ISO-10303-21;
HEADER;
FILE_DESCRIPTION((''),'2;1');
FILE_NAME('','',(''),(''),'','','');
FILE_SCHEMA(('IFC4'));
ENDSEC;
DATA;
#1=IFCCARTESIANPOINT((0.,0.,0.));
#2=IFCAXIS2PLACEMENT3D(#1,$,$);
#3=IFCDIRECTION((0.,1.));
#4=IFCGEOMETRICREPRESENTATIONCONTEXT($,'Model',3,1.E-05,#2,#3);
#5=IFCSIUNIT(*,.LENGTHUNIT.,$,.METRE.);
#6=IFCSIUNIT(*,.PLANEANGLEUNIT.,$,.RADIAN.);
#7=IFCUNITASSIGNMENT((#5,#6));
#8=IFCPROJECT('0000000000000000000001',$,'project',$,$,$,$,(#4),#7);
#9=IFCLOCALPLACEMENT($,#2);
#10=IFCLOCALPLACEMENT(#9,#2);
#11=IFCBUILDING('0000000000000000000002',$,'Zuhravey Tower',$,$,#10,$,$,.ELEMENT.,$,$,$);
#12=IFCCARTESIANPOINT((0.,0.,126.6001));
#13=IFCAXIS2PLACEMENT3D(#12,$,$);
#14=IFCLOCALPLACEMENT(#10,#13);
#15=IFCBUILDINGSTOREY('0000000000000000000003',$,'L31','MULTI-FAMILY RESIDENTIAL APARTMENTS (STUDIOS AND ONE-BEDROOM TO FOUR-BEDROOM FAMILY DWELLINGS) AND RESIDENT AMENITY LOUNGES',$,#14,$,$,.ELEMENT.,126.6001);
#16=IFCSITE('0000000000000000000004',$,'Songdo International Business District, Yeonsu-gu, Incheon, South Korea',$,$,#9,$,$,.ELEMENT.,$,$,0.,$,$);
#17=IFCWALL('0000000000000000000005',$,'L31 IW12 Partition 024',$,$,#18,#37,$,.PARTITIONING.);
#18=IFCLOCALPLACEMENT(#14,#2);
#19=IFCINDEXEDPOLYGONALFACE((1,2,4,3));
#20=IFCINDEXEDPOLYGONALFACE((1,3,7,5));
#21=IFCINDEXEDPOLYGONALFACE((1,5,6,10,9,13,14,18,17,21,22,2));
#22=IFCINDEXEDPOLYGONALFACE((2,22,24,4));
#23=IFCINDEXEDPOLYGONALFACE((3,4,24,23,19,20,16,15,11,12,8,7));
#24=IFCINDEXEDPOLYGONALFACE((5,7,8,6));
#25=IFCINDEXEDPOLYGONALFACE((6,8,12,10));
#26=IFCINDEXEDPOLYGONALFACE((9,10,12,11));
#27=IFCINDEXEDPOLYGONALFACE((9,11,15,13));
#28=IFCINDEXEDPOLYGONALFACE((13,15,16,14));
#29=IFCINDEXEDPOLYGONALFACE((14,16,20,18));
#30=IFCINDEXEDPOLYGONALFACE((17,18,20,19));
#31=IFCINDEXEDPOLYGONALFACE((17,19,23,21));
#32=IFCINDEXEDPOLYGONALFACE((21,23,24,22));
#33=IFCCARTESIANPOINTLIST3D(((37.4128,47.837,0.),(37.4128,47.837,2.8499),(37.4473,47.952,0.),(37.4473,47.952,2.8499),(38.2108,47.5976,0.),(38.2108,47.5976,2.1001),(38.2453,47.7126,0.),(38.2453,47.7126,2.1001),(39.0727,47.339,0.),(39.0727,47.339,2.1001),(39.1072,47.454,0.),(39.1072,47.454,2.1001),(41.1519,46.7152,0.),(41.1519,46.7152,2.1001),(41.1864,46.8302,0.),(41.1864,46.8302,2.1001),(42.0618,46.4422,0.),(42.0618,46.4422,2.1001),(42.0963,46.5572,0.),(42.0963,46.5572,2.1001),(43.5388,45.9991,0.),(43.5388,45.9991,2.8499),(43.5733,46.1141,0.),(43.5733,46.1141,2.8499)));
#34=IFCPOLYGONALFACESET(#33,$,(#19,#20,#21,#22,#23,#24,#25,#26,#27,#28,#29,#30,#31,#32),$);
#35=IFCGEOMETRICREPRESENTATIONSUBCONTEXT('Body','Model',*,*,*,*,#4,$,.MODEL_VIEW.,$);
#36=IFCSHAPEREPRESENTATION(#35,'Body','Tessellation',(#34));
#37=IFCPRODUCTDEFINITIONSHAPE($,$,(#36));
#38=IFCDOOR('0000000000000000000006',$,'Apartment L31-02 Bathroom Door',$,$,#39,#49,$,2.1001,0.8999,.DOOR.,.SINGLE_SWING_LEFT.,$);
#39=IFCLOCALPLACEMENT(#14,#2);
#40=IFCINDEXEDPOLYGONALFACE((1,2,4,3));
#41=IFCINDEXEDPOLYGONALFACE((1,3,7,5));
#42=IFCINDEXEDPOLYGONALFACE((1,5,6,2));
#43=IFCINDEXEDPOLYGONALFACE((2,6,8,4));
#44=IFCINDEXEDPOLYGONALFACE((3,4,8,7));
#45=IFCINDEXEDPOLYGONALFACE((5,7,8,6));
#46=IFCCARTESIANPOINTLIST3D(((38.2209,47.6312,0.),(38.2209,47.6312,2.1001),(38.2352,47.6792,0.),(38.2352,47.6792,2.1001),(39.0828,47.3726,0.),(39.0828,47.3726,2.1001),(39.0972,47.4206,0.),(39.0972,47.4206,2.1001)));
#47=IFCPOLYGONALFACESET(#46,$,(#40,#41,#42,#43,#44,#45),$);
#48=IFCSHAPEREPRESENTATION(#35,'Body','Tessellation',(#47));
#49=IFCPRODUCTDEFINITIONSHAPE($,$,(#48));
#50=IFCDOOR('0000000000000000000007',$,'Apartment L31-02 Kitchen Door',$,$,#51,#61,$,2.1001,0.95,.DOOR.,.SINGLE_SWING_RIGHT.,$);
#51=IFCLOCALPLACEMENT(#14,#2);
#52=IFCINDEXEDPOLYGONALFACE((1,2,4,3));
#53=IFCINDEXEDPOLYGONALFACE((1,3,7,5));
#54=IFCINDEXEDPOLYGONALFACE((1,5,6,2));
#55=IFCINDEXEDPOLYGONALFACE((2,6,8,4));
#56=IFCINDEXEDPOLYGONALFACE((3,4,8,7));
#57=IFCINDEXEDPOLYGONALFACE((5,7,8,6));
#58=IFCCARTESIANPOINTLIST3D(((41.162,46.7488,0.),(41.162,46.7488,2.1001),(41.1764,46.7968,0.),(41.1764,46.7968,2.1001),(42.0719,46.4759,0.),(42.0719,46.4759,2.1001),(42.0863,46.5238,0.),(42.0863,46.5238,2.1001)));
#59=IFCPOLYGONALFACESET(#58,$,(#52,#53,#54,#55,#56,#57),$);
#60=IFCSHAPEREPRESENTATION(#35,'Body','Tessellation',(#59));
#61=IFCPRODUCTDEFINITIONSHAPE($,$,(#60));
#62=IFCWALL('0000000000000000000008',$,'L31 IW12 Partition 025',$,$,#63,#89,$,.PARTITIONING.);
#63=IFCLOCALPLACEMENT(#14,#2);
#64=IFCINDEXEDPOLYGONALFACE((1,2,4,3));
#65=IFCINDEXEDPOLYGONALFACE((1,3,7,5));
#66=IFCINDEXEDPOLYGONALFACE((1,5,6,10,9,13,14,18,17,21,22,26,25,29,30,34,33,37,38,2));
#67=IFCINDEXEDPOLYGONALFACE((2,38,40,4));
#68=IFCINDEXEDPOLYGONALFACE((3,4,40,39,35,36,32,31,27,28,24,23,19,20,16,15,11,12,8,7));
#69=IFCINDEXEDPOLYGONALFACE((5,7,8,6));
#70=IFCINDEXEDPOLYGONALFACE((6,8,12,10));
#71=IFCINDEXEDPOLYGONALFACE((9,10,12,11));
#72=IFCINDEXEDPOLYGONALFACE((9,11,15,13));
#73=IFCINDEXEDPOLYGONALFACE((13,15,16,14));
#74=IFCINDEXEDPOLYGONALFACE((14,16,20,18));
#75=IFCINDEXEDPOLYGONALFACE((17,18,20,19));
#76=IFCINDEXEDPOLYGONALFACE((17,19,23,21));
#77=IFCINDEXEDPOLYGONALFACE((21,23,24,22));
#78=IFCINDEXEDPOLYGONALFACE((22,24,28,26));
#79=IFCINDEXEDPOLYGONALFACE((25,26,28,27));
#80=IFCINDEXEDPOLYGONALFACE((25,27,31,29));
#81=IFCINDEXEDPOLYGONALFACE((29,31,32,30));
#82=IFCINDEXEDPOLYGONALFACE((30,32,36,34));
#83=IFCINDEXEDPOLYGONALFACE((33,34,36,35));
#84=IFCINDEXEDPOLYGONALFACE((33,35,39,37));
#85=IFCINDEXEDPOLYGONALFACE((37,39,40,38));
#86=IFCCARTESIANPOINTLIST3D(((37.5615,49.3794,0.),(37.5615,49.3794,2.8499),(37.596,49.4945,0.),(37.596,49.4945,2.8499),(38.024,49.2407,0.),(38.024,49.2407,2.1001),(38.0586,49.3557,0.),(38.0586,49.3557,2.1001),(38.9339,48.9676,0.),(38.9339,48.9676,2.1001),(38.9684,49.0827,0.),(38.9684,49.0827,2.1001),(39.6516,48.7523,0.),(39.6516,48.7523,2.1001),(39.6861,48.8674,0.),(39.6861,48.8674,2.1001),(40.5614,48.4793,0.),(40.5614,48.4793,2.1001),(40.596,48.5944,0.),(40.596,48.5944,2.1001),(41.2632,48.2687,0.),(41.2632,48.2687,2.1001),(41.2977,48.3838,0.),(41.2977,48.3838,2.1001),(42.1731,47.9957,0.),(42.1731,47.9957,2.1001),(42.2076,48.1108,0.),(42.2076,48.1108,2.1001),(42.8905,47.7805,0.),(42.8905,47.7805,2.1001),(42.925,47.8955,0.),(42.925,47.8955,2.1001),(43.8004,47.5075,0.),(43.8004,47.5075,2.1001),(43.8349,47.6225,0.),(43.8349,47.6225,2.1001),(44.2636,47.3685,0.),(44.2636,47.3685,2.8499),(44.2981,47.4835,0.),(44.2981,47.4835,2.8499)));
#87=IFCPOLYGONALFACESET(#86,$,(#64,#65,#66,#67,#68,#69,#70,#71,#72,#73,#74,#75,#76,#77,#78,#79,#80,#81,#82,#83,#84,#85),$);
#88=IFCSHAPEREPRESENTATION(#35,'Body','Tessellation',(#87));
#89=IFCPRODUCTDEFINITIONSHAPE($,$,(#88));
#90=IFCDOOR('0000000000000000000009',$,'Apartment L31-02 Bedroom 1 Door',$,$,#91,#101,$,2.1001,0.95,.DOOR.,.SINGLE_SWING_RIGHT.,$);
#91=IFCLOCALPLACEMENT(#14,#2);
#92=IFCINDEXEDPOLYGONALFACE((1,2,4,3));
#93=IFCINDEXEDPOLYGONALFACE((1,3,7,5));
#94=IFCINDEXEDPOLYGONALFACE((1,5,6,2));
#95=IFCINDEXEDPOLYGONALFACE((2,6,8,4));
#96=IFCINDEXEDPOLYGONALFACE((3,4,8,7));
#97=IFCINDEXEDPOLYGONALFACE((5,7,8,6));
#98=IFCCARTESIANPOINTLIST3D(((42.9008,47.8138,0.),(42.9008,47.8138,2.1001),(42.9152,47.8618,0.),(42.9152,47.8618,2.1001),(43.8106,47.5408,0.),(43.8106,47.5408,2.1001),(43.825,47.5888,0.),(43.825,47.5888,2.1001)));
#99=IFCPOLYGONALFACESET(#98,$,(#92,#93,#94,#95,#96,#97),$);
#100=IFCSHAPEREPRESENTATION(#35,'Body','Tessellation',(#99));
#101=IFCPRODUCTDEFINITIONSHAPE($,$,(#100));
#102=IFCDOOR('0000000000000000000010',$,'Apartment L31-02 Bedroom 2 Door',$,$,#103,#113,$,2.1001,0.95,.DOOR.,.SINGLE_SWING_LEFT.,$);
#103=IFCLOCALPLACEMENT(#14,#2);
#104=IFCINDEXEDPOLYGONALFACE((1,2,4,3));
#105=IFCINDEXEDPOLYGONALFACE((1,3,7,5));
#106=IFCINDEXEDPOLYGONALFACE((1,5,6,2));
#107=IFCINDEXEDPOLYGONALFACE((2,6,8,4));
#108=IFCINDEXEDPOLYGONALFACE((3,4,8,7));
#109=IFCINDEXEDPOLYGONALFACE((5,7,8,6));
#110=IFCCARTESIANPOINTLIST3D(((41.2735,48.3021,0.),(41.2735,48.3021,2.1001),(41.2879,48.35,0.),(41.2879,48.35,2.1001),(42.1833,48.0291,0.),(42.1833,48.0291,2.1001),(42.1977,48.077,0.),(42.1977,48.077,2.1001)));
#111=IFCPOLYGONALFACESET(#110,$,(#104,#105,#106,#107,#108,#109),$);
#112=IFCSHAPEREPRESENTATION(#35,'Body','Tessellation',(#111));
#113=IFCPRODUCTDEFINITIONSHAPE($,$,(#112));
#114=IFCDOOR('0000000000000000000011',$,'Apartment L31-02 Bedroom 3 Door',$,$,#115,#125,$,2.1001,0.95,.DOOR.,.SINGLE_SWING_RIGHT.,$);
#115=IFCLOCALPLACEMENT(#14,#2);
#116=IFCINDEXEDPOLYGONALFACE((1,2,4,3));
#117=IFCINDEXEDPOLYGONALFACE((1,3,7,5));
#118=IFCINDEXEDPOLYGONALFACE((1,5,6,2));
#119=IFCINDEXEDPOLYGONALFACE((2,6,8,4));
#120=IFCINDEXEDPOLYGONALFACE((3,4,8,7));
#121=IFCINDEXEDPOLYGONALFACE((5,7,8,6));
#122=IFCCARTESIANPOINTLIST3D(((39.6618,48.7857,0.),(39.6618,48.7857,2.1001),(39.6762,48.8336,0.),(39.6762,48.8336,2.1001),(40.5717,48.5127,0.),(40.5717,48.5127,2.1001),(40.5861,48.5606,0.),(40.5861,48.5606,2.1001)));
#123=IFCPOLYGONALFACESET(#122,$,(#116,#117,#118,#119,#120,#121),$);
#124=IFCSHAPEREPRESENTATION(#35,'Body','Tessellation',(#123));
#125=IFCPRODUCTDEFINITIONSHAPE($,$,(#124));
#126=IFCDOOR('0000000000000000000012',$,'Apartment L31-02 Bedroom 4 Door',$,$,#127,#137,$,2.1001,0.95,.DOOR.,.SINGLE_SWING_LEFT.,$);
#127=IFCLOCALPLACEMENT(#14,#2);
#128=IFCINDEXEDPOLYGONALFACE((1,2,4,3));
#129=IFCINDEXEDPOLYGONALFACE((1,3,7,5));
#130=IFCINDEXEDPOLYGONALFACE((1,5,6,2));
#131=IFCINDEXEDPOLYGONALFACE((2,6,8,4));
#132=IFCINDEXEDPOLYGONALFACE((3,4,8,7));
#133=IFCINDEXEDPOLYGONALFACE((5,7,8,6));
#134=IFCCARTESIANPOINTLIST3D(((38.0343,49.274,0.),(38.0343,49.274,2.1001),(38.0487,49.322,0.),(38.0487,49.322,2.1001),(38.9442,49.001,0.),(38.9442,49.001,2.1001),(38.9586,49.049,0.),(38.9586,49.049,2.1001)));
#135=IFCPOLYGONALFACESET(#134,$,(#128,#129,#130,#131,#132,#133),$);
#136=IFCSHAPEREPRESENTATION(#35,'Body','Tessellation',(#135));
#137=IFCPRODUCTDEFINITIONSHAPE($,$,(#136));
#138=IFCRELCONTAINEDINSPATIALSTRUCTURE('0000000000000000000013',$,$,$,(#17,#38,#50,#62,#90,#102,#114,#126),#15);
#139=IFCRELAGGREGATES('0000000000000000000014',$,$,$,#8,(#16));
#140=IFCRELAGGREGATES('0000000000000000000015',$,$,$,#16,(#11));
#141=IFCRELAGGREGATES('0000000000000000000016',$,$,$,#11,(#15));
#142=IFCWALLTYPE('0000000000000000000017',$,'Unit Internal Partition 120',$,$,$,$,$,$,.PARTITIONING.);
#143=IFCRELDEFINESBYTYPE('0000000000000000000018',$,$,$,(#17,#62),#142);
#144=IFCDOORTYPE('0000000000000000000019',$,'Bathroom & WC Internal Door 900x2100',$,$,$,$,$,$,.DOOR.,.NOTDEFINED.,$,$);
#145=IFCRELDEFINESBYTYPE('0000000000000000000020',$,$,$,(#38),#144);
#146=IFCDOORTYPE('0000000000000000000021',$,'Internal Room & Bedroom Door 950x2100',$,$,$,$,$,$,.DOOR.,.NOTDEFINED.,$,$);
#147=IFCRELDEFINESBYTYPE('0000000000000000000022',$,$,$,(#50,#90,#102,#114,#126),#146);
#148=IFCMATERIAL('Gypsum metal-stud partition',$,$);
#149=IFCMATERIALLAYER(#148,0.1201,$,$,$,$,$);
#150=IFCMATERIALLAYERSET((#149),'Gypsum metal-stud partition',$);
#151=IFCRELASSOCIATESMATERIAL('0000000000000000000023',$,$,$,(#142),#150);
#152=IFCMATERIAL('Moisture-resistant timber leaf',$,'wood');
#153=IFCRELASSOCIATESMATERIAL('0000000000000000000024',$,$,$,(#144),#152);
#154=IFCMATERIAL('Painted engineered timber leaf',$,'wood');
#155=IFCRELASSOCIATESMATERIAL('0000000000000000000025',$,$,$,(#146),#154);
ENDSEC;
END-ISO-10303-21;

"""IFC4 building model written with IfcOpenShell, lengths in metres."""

from ifc_helpers import new_model, si_unit, direction, frame, frame_2d, origin, place, context, subcontext, project, spatial, rectangle, extrude, material, layer, layer_set, type_object, element, fill, save


model = new_model("IFC4")

# Units and contexts
model_context = context("Model", 3, precision=1e-05, world=origin(), true_north=direction((0.0, 1.0)))
body_context = subcontext(model_context, "Body", "Model", "MODEL_VIEW")
ifc_project = project(units=[si_unit("LENGTHUNIT", "METRE"), si_unit("PLANEANGLEUNIT", "RADIAN")], contexts=[model_context])

# Site, building, storey
site_placement = place(None, origin())
site = spatial("IfcSite", under=ifc_project, at=site_placement, Name="Songdo International Business District, Yeonsu-gu, Incheon, South Korea", CompositionType="ELEMENT", RefElevation=0.0)
building_placement = place(site_placement, origin())
building = spatial("IfcBuilding", under=site, at=building_placement, Name="Zuhravey Tower", CompositionType="ELEMENT")
storey_placement = place(building_placement, frame((0.0, 0.0, 126.6001)))
storey = spatial("IfcBuildingStorey", under=building, at=storey_placement, Name="L31", Description="MULTI-FAMILY RESIDENTIAL APARTMENTS (STUDIOS AND ONE-BEDROOM TO FOUR-BEDROOM FAMILY DWELLINGS) AND RESIDENT AMENITY LOUNGES", CompositionType="ELEMENT", Elevation=126.6001)

# Walls, openings, doors
ifc_material_1 = material(Name="Gypsum metal-stud partition")
ifc_layer_1 = layer(ifc_material_1, 0.1201)
ifc_layer_set_1 = layer_set([ifc_layer_1], Name="Gypsum metal-stud partition")
wall_type_1 = type_object("IfcWallType", Name="Unit Internal Partition 120", PredefinedType="PARTITIONING", material=ifc_layer_set_1)
wall_1_placement = place(storey_placement, frame((43.5559, 46.0566, 0.0), z_axis=(0.0, 0.0, 1.0), x_axis=(-0.957822, 0.287362, 0.0)))
wall_1 = element("IfcWall", 1, at=wall_1_placement, inside=storey, type_object=wall_type_1, Name="L31 IW12 Partition 024", PredefinedType="PARTITIONING", context=body_context, shape_type="SweptSolid", body=[
    extrude(rectangle(XDim=6.3958, YDim=0.1201, at=frame_2d((3.1978, 0.0))), origin(), (0.0, 0.0, 1.0), 2.8499),
])
opening_1_placement = place(wall_1_placement, frame((1.5417, 0.0, 0.0)))
opening_1 = element("IfcOpeningElement", 2, at=opening_1_placement, cuts=wall_1, PredefinedType="OPENING", context=body_context, shape_type="SweptSolid", body=[
    extrude(rectangle(XDim=0.95, YDim=2.1001, at=frame_2d((0.4751, 1.05))), frame((0.0, 0.072, 0.0), z_axis=(0.0, -1.0, 0.0), x_axis=(1.0, 0.0, 0.0)), (0.0, 0.0, 1.0), 0.144),
])
opening_2_placement = place(wall_1_placement, frame((4.6626, 0.0, 0.0)))
opening_2 = element("IfcOpeningElement", 3, at=opening_2_placement, cuts=wall_1, PredefinedType="OPENING", context=body_context, shape_type="SweptSolid", body=[
    extrude(rectangle(XDim=0.8999, YDim=2.1001, at=frame_2d((0.45, 1.05))), frame((0.0, 0.072, 0.0), z_axis=(0.0, -1.0, 0.0), x_axis=(1.0, 0.0, 0.0)), (0.0, 0.0, 1.0), 0.144),
])
ifc_material_2 = material(Name="Moisture-resistant timber leaf", Category="wood")
door_type_1 = type_object("IfcDoorType", Name="Bathroom & WC Internal Door 900x2100", OperationType="NOTDEFINED", PredefinedType="DOOR", material=ifc_material_2)
door_1_placement = place(opening_2_placement, origin())
door_1 = element("IfcDoor", 4, at=door_1_placement, inside=storey, type_object=door_type_1, Name="Apartment L31-02 Bathroom Door", OperationType="SINGLE_SWING_LEFT", OverallHeight=2.1001, OverallWidth=0.8999, PredefinedType="DOOR", context=body_context, shape_type="SweptSolid", body=[
    extrude(rectangle(XDim=0.8999, YDim=2.1001, at=frame_2d((0.45, 1.05))), frame((0.0, 0.0249, 0.0), z_axis=(0.0, -1.0, 0.0), x_axis=(1.0, 0.0, 0.0)), (0.0, 0.0, 1.0), 0.05),
])
fill(opening_2, door_1)
ifc_material_3 = material(Name="Painted engineered timber leaf", Category="wood")
door_type_2 = type_object("IfcDoorType", Name="Internal Room & Bedroom Door 950x2100", OperationType="NOTDEFINED", PredefinedType="DOOR", material=ifc_material_3)
door_2_placement = place(opening_1_placement, origin())
door_2 = element("IfcDoor", 5, at=door_2_placement, inside=storey, type_object=door_type_2, Name="Apartment L31-02 Kitchen Door", OperationType="SINGLE_SWING_RIGHT", OverallHeight=2.1001, OverallWidth=0.95, PredefinedType="DOOR", context=body_context, shape_type="SweptSolid", body=[
    extrude(rectangle(XDim=0.95, YDim=2.1001, at=frame_2d((0.4751, 1.05))), frame((0.0, 0.0249, 0.0), z_axis=(0.0, -1.0, 0.0), x_axis=(1.0, 0.0, 0.0)), (0.0, 0.0, 1.0), 0.05),
])
fill(opening_1, door_2)
wall_2_placement = place(storey_placement, frame((44.2808, 47.426, 0.0), z_axis=(0.0, 0.0, 1.0), x_axis=(-0.957813, 0.287393, 0.0)))
wall_2 = element("IfcWall", 6, at=wall_2_placement, inside=storey, type_object=wall_type_1, Name="L31 IW12 Partition 025", PredefinedType="PARTITIONING", context=body_context, shape_type="SweptSolid", body=[
    extrude(rectangle(XDim=6.9973, YDim=0.1201, at=frame_2d((3.4985, 0.0))), origin(), (0.0, 0.0, 1.0), 2.8499),
])
opening_3_placement = place(wall_2_placement, frame((0.4834, 0.0, 0.0)))
opening_3 = element("IfcOpeningElement", 7, at=opening_3_placement, cuts=wall_2, PredefinedType="OPENING", context=body_context, shape_type="SweptSolid", body=[
    extrude(rectangle(XDim=0.95, YDim=2.1001, at=frame_2d((0.4751, 1.05))), frame((0.0, 0.072, 0.0), z_axis=(0.0, -1.0, 0.0), x_axis=(1.0, 0.0, 0.0)), (0.0, 0.0, 1.0), 0.144),
])
opening_4_placement = place(wall_2_placement, frame((2.1824, 0.0, 0.0)))
opening_4 = element("IfcOpeningElement", 8, at=opening_4_placement, cuts=wall_2, PredefinedType="OPENING", context=body_context, shape_type="SweptSolid", body=[
    extrude(rectangle(XDim=0.95, YDim=2.1001, at=frame_2d((0.4751, 1.05))), frame((0.0, 0.072, 0.0), z_axis=(0.0, -1.0, 0.0), x_axis=(1.0, 0.0, 0.0)), (0.0, 0.0, 1.0), 0.144),
])
opening_5_placement = place(wall_2_placement, frame((3.865, 0.0, 0.0)))
opening_5 = element("IfcOpeningElement", 9, at=opening_5_placement, cuts=wall_2, PredefinedType="OPENING", context=body_context, shape_type="SweptSolid", body=[
    extrude(rectangle(XDim=0.95, YDim=2.1001, at=frame_2d((0.4751, 1.05))), frame((0.0, 0.072, 0.0), z_axis=(0.0, -1.0, 0.0), x_axis=(1.0, 0.0, 0.0)), (0.0, 0.0, 1.0), 0.144),
])
opening_6_placement = place(wall_2_placement, frame((5.5642, 0.0, 0.0)))
opening_6 = element("IfcOpeningElement", 10, at=opening_6_placement, cuts=wall_2, PredefinedType="OPENING", context=body_context, shape_type="SweptSolid", body=[
    extrude(rectangle(XDim=0.95, YDim=2.1001, at=frame_2d((0.4751, 1.05))), frame((0.0, 0.072, 0.0), z_axis=(0.0, -1.0, 0.0), x_axis=(1.0, 0.0, 0.0)), (0.0, 0.0, 1.0), 0.144),
])
door_3_placement = place(opening_3_placement, frame((0.95, 0.0, 0.0), z_axis=(0.0, 0.0, 1.0), x_axis=(-1.0, 0.0, 0.0)))
door_3 = element("IfcDoor", 11, at=door_3_placement, inside=storey, type_object=door_type_2, Name="Apartment L31-02 Bedroom 1 Door", OperationType="SINGLE_SWING_RIGHT", OverallHeight=2.1001, OverallWidth=0.95, PredefinedType="DOOR", context=body_context, shape_type="SweptSolid", body=[
    extrude(rectangle(XDim=0.95, YDim=2.1001, at=frame_2d((0.4751, 1.05))), frame((0.0, 0.0249, 0.0), z_axis=(0.0, -1.0, 0.0), x_axis=(1.0, 0.0, 0.0)), (0.0, 0.0, 1.0), 0.05),
])
fill(opening_3, door_3)
door_4_placement = place(opening_4_placement, frame((0.95, 0.0, 0.0), z_axis=(0.0, 0.0, 1.0), x_axis=(-1.0, 0.0, 0.0)))
door_4 = element("IfcDoor", 12, at=door_4_placement, inside=storey, type_object=door_type_2, Name="Apartment L31-02 Bedroom 2 Door", OperationType="SINGLE_SWING_LEFT", OverallHeight=2.1001, OverallWidth=0.95, PredefinedType="DOOR", context=body_context, shape_type="SweptSolid", body=[
    extrude(rectangle(XDim=0.95, YDim=2.1001, at=frame_2d((0.4751, 1.05))), frame((0.0, 0.0249, 0.0), z_axis=(0.0, -1.0, 0.0), x_axis=(1.0, 0.0, 0.0)), (0.0, 0.0, 1.0), 0.05),
])
fill(opening_4, door_4)
door_5_placement = place(opening_5_placement, frame((0.95, 0.0, 0.0), z_axis=(0.0, 0.0, 1.0), x_axis=(-1.0, 0.0, 0.0)))
door_5 = element("IfcDoor", 13, at=door_5_placement, inside=storey, type_object=door_type_2, Name="Apartment L31-02 Bedroom 3 Door", OperationType="SINGLE_SWING_RIGHT", OverallHeight=2.1001, OverallWidth=0.95, PredefinedType="DOOR", context=body_context, shape_type="SweptSolid", body=[
    extrude(rectangle(XDim=0.95, YDim=2.1001, at=frame_2d((0.4751, 1.05))), frame((0.0, 0.0249, 0.0), z_axis=(0.0, -1.0, 0.0), x_axis=(1.0, 0.0, 0.0)), (0.0, 0.0, 1.0), 0.05),
])
fill(opening_5, door_5)
door_6_placement = place(opening_6_placement, frame((0.95, 0.0, 0.0), z_axis=(0.0, 0.0, 1.0), x_axis=(-1.0, 0.0, 0.0)))
door_6 = element("IfcDoor", 14, at=door_6_placement, inside=storey, type_object=door_type_2, Name="Apartment L31-02 Bedroom 4 Door", OperationType="SINGLE_SWING_LEFT", OverallHeight=2.1001, OverallWidth=0.95, PredefinedType="DOOR", context=body_context, shape_type="SweptSolid", body=[
    extrude(rectangle(XDim=0.95, YDim=2.1001, at=frame_2d((0.4751, 1.05))), frame((0.0, 0.0249, 0.0), z_axis=(0.0, -1.0, 0.0), x_axis=(1.0, 0.0, 0.0)), (0.0, 0.0, 1.0), 0.05),
])
fill(opening_6, door_6)

save(model, "model.ifc")
